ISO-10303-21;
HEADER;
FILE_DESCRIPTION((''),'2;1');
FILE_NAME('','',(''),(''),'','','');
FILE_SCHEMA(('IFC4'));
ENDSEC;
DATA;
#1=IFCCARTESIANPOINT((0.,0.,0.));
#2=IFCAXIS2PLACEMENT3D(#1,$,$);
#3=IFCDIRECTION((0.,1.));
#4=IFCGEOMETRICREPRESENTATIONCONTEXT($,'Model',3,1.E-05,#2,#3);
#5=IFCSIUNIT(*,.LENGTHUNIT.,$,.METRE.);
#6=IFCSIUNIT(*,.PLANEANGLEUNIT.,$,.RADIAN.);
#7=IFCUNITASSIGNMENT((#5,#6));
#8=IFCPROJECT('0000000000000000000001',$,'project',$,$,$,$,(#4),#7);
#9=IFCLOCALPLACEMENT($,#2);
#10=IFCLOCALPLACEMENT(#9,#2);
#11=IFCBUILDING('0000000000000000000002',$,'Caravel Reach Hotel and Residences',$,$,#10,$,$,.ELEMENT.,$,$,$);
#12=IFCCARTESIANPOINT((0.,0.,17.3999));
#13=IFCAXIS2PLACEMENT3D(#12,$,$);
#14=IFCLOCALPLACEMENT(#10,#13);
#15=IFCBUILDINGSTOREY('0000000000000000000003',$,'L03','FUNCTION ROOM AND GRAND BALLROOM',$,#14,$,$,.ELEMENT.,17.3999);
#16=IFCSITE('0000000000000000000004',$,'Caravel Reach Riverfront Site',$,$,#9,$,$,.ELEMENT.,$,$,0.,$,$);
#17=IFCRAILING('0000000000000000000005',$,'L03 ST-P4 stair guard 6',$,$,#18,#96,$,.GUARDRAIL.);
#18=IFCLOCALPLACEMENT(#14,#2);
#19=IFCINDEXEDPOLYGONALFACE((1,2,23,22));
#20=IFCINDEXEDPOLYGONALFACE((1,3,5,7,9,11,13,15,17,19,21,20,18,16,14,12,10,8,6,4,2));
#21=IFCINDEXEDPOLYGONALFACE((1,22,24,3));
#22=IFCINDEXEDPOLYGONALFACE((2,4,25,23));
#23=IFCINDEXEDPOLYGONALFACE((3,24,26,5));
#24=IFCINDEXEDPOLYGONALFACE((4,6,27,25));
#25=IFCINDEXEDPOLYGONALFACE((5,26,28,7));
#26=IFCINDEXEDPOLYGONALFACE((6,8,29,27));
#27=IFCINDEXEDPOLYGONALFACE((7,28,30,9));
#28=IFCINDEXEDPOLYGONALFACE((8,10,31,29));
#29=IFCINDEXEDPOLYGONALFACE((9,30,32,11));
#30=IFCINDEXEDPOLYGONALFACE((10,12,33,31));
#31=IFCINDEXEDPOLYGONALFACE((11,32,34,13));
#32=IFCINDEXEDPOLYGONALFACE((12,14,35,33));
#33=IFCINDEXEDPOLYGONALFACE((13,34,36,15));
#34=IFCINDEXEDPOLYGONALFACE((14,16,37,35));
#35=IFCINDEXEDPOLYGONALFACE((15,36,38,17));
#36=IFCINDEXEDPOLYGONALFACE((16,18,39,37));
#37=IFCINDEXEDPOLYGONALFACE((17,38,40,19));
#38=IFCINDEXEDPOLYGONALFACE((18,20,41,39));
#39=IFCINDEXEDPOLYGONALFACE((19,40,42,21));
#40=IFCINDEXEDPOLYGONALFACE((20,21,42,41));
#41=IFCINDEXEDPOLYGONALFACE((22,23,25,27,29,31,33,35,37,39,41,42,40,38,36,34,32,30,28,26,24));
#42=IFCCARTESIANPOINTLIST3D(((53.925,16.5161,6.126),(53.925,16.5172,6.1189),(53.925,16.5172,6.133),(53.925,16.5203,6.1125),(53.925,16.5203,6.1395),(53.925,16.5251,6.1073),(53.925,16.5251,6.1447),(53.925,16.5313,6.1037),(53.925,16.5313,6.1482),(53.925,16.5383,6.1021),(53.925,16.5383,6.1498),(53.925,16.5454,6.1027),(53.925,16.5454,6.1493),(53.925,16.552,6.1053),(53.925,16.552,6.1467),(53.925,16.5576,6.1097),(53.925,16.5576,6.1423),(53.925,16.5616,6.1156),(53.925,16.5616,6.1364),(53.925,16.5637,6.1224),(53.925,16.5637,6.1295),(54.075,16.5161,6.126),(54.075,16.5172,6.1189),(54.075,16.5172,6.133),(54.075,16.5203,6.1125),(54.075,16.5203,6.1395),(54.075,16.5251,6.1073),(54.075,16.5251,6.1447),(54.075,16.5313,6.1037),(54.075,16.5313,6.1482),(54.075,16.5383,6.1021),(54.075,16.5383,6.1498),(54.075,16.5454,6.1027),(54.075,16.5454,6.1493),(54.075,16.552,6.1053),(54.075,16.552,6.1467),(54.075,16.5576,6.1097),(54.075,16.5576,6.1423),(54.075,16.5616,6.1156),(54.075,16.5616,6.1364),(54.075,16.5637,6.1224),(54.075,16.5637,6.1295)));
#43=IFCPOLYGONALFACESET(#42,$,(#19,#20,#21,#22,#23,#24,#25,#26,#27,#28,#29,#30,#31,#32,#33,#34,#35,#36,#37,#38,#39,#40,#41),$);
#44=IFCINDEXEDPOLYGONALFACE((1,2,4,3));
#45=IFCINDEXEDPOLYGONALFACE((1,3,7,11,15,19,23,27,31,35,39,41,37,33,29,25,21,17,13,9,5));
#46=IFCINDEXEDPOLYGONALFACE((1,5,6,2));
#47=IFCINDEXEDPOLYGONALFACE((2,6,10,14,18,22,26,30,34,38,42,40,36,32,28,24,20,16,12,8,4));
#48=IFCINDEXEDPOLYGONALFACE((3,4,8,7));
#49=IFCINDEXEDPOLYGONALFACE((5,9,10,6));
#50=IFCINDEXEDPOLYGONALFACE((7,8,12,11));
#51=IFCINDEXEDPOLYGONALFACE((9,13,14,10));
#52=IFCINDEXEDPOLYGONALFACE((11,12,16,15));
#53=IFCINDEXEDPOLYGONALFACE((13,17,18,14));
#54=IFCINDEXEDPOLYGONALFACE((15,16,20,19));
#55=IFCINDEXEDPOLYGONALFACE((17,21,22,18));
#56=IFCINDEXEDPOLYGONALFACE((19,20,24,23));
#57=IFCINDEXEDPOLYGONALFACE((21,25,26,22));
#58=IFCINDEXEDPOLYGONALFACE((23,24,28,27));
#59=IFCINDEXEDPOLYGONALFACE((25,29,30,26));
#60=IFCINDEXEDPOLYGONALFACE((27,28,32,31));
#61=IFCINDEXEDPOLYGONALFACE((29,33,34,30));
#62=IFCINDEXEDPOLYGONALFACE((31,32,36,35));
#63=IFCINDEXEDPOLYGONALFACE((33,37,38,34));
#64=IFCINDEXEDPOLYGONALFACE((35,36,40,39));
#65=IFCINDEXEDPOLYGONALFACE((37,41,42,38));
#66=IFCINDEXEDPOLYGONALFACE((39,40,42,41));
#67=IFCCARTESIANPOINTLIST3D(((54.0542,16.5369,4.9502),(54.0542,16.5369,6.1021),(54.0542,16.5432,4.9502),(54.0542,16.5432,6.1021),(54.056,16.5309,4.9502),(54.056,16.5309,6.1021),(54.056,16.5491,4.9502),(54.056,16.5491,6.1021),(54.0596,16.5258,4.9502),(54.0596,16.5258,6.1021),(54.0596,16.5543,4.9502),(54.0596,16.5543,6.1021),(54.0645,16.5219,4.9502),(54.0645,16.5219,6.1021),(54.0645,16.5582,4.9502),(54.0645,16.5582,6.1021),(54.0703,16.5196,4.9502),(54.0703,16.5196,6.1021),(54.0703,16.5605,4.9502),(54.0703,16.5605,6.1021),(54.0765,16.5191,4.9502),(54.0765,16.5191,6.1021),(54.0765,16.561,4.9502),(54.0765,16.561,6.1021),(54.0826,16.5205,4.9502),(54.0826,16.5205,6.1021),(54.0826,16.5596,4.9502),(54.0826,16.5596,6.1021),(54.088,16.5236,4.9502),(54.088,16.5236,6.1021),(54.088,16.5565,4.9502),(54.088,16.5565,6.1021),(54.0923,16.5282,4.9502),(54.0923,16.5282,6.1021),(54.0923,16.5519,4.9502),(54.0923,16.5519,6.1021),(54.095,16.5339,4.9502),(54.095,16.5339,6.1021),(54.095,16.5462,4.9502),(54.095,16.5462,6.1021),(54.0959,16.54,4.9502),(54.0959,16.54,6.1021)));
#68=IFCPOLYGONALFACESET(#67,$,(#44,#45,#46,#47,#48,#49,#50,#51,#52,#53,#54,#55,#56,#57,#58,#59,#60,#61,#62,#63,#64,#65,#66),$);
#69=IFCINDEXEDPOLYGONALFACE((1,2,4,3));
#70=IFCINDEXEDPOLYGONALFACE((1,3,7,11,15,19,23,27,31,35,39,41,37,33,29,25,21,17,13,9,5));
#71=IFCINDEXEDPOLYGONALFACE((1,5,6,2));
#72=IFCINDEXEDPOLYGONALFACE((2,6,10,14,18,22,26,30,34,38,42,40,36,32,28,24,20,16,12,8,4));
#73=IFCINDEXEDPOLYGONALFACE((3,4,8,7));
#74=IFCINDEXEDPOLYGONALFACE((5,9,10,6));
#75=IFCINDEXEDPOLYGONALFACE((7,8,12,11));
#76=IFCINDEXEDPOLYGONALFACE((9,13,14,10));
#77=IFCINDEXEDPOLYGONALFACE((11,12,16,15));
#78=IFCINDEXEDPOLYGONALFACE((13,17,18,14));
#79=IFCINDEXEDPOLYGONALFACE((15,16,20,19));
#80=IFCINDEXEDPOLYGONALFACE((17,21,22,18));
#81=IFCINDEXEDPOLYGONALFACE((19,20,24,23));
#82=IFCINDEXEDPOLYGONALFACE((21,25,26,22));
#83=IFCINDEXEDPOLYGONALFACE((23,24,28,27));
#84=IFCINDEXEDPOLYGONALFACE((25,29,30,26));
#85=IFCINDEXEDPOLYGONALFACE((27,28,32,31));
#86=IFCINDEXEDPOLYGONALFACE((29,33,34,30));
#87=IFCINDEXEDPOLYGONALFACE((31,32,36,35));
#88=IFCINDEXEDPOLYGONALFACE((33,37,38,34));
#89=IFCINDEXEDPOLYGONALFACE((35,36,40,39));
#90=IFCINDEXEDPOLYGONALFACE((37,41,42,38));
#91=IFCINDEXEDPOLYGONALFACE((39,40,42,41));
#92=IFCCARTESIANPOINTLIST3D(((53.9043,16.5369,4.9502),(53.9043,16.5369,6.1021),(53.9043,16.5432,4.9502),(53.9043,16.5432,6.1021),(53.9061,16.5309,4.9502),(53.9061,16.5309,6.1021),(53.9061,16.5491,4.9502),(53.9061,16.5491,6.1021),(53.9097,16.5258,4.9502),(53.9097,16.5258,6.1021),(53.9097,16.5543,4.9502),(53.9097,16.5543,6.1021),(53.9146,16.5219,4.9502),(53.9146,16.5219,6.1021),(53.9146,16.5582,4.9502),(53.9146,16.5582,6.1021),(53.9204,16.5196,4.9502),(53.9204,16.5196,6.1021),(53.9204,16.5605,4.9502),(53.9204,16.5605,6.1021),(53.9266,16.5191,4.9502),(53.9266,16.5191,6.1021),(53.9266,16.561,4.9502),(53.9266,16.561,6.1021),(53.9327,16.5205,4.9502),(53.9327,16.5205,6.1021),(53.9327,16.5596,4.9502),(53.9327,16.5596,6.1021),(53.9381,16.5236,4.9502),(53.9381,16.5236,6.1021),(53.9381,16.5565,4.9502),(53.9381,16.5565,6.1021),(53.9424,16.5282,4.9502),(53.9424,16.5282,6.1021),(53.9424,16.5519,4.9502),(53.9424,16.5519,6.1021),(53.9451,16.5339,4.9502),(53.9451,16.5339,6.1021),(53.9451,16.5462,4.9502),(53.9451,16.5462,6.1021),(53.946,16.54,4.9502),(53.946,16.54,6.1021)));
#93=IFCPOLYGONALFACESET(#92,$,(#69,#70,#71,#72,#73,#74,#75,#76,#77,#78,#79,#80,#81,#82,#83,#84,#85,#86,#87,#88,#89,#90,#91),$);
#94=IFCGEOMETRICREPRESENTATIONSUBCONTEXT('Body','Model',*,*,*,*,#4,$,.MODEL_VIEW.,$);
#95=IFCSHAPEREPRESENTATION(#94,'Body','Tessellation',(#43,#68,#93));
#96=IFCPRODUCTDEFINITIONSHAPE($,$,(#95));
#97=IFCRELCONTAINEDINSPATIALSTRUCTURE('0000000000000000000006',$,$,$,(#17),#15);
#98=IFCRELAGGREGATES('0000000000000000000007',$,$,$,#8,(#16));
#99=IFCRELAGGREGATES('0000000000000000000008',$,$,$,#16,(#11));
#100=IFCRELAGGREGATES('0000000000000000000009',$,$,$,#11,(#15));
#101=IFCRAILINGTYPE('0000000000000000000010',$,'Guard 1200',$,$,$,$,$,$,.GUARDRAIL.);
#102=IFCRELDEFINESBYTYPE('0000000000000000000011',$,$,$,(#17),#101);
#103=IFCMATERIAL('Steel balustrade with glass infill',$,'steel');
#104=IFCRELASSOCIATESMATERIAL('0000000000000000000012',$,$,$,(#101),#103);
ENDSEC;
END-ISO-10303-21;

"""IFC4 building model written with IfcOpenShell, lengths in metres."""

from ifc_helpers import new_model, si_unit, direction, frame, origin, origin_2d, place, context, subcontext, project, spatial, circle, extrude, material, type_object, element, save


model = new_model("IFC4")

# Units and contexts
model_context = context("Model", 3, precision=1e-05, world=origin(), true_north=direction((0.0, 1.0)))
body_context = subcontext(model_context, "Body", "Model", "MODEL_VIEW")
ifc_project = project(units=[si_unit("LENGTHUNIT", "METRE"), si_unit("PLANEANGLEUNIT", "RADIAN")], contexts=[model_context])

# Site, building, storey
site_placement = place(None, origin())
site = spatial("IfcSite", under=ifc_project, at=site_placement, Name="Caravel Reach Riverfront Site", CompositionType="ELEMENT", RefElevation=0.0)
building_placement = place(site_placement, origin())
building = spatial("IfcBuilding", under=site, at=building_placement, Name="Caravel Reach Hotel and Residences", CompositionType="ELEMENT")
storey_placement = place(building_placement, frame((0.0, 0.0, 17.3999)))
storey = spatial("IfcBuildingStorey", under=building, at=storey_placement, Name="L03", Description="FUNCTION ROOM AND GRAND BALLROOM", CompositionType="ELEMENT", Elevation=17.3999)

# Railing
ifc_material_1 = material(Name="Steel balustrade with glass infill", Category="steel")
railing_type_1 = type_object("IfcRailingType", Name="Guard 1200", PredefinedType="GUARDRAIL", material=ifc_material_1)
railing_1_placement = place(storey_placement, frame((54.075, 16.54, 4.9502)))
element("IfcRailing", 1, at=railing_1_placement, inside=storey, type_object=railing_type_1, Name="L03 ST-P4 stair guard 6", PredefinedType="GUARDRAIL", context=body_context, shape_type="SweptSolid", body=[
    extrude(circle(Radius=0.0239, at=origin_2d()), frame((0.0, 0.0, 1.1758), z_axis=(-1.0, 0.0, 0.0), x_axis=(0.0, -1.0, 0.0)), (0.0, 0.0, 1.0), 0.1499),
    extrude(circle(Radius=0.021, at=origin_2d()), origin(), (0.0, 0.0, 1.0), 1.1519),
    extrude(circle(Radius=0.021, at=origin_2d()), frame((-0.1499, 0.0, 0.0)), (0.0, 0.0, 1.0), 1.1519),
])

save(model, "model.ifc")
